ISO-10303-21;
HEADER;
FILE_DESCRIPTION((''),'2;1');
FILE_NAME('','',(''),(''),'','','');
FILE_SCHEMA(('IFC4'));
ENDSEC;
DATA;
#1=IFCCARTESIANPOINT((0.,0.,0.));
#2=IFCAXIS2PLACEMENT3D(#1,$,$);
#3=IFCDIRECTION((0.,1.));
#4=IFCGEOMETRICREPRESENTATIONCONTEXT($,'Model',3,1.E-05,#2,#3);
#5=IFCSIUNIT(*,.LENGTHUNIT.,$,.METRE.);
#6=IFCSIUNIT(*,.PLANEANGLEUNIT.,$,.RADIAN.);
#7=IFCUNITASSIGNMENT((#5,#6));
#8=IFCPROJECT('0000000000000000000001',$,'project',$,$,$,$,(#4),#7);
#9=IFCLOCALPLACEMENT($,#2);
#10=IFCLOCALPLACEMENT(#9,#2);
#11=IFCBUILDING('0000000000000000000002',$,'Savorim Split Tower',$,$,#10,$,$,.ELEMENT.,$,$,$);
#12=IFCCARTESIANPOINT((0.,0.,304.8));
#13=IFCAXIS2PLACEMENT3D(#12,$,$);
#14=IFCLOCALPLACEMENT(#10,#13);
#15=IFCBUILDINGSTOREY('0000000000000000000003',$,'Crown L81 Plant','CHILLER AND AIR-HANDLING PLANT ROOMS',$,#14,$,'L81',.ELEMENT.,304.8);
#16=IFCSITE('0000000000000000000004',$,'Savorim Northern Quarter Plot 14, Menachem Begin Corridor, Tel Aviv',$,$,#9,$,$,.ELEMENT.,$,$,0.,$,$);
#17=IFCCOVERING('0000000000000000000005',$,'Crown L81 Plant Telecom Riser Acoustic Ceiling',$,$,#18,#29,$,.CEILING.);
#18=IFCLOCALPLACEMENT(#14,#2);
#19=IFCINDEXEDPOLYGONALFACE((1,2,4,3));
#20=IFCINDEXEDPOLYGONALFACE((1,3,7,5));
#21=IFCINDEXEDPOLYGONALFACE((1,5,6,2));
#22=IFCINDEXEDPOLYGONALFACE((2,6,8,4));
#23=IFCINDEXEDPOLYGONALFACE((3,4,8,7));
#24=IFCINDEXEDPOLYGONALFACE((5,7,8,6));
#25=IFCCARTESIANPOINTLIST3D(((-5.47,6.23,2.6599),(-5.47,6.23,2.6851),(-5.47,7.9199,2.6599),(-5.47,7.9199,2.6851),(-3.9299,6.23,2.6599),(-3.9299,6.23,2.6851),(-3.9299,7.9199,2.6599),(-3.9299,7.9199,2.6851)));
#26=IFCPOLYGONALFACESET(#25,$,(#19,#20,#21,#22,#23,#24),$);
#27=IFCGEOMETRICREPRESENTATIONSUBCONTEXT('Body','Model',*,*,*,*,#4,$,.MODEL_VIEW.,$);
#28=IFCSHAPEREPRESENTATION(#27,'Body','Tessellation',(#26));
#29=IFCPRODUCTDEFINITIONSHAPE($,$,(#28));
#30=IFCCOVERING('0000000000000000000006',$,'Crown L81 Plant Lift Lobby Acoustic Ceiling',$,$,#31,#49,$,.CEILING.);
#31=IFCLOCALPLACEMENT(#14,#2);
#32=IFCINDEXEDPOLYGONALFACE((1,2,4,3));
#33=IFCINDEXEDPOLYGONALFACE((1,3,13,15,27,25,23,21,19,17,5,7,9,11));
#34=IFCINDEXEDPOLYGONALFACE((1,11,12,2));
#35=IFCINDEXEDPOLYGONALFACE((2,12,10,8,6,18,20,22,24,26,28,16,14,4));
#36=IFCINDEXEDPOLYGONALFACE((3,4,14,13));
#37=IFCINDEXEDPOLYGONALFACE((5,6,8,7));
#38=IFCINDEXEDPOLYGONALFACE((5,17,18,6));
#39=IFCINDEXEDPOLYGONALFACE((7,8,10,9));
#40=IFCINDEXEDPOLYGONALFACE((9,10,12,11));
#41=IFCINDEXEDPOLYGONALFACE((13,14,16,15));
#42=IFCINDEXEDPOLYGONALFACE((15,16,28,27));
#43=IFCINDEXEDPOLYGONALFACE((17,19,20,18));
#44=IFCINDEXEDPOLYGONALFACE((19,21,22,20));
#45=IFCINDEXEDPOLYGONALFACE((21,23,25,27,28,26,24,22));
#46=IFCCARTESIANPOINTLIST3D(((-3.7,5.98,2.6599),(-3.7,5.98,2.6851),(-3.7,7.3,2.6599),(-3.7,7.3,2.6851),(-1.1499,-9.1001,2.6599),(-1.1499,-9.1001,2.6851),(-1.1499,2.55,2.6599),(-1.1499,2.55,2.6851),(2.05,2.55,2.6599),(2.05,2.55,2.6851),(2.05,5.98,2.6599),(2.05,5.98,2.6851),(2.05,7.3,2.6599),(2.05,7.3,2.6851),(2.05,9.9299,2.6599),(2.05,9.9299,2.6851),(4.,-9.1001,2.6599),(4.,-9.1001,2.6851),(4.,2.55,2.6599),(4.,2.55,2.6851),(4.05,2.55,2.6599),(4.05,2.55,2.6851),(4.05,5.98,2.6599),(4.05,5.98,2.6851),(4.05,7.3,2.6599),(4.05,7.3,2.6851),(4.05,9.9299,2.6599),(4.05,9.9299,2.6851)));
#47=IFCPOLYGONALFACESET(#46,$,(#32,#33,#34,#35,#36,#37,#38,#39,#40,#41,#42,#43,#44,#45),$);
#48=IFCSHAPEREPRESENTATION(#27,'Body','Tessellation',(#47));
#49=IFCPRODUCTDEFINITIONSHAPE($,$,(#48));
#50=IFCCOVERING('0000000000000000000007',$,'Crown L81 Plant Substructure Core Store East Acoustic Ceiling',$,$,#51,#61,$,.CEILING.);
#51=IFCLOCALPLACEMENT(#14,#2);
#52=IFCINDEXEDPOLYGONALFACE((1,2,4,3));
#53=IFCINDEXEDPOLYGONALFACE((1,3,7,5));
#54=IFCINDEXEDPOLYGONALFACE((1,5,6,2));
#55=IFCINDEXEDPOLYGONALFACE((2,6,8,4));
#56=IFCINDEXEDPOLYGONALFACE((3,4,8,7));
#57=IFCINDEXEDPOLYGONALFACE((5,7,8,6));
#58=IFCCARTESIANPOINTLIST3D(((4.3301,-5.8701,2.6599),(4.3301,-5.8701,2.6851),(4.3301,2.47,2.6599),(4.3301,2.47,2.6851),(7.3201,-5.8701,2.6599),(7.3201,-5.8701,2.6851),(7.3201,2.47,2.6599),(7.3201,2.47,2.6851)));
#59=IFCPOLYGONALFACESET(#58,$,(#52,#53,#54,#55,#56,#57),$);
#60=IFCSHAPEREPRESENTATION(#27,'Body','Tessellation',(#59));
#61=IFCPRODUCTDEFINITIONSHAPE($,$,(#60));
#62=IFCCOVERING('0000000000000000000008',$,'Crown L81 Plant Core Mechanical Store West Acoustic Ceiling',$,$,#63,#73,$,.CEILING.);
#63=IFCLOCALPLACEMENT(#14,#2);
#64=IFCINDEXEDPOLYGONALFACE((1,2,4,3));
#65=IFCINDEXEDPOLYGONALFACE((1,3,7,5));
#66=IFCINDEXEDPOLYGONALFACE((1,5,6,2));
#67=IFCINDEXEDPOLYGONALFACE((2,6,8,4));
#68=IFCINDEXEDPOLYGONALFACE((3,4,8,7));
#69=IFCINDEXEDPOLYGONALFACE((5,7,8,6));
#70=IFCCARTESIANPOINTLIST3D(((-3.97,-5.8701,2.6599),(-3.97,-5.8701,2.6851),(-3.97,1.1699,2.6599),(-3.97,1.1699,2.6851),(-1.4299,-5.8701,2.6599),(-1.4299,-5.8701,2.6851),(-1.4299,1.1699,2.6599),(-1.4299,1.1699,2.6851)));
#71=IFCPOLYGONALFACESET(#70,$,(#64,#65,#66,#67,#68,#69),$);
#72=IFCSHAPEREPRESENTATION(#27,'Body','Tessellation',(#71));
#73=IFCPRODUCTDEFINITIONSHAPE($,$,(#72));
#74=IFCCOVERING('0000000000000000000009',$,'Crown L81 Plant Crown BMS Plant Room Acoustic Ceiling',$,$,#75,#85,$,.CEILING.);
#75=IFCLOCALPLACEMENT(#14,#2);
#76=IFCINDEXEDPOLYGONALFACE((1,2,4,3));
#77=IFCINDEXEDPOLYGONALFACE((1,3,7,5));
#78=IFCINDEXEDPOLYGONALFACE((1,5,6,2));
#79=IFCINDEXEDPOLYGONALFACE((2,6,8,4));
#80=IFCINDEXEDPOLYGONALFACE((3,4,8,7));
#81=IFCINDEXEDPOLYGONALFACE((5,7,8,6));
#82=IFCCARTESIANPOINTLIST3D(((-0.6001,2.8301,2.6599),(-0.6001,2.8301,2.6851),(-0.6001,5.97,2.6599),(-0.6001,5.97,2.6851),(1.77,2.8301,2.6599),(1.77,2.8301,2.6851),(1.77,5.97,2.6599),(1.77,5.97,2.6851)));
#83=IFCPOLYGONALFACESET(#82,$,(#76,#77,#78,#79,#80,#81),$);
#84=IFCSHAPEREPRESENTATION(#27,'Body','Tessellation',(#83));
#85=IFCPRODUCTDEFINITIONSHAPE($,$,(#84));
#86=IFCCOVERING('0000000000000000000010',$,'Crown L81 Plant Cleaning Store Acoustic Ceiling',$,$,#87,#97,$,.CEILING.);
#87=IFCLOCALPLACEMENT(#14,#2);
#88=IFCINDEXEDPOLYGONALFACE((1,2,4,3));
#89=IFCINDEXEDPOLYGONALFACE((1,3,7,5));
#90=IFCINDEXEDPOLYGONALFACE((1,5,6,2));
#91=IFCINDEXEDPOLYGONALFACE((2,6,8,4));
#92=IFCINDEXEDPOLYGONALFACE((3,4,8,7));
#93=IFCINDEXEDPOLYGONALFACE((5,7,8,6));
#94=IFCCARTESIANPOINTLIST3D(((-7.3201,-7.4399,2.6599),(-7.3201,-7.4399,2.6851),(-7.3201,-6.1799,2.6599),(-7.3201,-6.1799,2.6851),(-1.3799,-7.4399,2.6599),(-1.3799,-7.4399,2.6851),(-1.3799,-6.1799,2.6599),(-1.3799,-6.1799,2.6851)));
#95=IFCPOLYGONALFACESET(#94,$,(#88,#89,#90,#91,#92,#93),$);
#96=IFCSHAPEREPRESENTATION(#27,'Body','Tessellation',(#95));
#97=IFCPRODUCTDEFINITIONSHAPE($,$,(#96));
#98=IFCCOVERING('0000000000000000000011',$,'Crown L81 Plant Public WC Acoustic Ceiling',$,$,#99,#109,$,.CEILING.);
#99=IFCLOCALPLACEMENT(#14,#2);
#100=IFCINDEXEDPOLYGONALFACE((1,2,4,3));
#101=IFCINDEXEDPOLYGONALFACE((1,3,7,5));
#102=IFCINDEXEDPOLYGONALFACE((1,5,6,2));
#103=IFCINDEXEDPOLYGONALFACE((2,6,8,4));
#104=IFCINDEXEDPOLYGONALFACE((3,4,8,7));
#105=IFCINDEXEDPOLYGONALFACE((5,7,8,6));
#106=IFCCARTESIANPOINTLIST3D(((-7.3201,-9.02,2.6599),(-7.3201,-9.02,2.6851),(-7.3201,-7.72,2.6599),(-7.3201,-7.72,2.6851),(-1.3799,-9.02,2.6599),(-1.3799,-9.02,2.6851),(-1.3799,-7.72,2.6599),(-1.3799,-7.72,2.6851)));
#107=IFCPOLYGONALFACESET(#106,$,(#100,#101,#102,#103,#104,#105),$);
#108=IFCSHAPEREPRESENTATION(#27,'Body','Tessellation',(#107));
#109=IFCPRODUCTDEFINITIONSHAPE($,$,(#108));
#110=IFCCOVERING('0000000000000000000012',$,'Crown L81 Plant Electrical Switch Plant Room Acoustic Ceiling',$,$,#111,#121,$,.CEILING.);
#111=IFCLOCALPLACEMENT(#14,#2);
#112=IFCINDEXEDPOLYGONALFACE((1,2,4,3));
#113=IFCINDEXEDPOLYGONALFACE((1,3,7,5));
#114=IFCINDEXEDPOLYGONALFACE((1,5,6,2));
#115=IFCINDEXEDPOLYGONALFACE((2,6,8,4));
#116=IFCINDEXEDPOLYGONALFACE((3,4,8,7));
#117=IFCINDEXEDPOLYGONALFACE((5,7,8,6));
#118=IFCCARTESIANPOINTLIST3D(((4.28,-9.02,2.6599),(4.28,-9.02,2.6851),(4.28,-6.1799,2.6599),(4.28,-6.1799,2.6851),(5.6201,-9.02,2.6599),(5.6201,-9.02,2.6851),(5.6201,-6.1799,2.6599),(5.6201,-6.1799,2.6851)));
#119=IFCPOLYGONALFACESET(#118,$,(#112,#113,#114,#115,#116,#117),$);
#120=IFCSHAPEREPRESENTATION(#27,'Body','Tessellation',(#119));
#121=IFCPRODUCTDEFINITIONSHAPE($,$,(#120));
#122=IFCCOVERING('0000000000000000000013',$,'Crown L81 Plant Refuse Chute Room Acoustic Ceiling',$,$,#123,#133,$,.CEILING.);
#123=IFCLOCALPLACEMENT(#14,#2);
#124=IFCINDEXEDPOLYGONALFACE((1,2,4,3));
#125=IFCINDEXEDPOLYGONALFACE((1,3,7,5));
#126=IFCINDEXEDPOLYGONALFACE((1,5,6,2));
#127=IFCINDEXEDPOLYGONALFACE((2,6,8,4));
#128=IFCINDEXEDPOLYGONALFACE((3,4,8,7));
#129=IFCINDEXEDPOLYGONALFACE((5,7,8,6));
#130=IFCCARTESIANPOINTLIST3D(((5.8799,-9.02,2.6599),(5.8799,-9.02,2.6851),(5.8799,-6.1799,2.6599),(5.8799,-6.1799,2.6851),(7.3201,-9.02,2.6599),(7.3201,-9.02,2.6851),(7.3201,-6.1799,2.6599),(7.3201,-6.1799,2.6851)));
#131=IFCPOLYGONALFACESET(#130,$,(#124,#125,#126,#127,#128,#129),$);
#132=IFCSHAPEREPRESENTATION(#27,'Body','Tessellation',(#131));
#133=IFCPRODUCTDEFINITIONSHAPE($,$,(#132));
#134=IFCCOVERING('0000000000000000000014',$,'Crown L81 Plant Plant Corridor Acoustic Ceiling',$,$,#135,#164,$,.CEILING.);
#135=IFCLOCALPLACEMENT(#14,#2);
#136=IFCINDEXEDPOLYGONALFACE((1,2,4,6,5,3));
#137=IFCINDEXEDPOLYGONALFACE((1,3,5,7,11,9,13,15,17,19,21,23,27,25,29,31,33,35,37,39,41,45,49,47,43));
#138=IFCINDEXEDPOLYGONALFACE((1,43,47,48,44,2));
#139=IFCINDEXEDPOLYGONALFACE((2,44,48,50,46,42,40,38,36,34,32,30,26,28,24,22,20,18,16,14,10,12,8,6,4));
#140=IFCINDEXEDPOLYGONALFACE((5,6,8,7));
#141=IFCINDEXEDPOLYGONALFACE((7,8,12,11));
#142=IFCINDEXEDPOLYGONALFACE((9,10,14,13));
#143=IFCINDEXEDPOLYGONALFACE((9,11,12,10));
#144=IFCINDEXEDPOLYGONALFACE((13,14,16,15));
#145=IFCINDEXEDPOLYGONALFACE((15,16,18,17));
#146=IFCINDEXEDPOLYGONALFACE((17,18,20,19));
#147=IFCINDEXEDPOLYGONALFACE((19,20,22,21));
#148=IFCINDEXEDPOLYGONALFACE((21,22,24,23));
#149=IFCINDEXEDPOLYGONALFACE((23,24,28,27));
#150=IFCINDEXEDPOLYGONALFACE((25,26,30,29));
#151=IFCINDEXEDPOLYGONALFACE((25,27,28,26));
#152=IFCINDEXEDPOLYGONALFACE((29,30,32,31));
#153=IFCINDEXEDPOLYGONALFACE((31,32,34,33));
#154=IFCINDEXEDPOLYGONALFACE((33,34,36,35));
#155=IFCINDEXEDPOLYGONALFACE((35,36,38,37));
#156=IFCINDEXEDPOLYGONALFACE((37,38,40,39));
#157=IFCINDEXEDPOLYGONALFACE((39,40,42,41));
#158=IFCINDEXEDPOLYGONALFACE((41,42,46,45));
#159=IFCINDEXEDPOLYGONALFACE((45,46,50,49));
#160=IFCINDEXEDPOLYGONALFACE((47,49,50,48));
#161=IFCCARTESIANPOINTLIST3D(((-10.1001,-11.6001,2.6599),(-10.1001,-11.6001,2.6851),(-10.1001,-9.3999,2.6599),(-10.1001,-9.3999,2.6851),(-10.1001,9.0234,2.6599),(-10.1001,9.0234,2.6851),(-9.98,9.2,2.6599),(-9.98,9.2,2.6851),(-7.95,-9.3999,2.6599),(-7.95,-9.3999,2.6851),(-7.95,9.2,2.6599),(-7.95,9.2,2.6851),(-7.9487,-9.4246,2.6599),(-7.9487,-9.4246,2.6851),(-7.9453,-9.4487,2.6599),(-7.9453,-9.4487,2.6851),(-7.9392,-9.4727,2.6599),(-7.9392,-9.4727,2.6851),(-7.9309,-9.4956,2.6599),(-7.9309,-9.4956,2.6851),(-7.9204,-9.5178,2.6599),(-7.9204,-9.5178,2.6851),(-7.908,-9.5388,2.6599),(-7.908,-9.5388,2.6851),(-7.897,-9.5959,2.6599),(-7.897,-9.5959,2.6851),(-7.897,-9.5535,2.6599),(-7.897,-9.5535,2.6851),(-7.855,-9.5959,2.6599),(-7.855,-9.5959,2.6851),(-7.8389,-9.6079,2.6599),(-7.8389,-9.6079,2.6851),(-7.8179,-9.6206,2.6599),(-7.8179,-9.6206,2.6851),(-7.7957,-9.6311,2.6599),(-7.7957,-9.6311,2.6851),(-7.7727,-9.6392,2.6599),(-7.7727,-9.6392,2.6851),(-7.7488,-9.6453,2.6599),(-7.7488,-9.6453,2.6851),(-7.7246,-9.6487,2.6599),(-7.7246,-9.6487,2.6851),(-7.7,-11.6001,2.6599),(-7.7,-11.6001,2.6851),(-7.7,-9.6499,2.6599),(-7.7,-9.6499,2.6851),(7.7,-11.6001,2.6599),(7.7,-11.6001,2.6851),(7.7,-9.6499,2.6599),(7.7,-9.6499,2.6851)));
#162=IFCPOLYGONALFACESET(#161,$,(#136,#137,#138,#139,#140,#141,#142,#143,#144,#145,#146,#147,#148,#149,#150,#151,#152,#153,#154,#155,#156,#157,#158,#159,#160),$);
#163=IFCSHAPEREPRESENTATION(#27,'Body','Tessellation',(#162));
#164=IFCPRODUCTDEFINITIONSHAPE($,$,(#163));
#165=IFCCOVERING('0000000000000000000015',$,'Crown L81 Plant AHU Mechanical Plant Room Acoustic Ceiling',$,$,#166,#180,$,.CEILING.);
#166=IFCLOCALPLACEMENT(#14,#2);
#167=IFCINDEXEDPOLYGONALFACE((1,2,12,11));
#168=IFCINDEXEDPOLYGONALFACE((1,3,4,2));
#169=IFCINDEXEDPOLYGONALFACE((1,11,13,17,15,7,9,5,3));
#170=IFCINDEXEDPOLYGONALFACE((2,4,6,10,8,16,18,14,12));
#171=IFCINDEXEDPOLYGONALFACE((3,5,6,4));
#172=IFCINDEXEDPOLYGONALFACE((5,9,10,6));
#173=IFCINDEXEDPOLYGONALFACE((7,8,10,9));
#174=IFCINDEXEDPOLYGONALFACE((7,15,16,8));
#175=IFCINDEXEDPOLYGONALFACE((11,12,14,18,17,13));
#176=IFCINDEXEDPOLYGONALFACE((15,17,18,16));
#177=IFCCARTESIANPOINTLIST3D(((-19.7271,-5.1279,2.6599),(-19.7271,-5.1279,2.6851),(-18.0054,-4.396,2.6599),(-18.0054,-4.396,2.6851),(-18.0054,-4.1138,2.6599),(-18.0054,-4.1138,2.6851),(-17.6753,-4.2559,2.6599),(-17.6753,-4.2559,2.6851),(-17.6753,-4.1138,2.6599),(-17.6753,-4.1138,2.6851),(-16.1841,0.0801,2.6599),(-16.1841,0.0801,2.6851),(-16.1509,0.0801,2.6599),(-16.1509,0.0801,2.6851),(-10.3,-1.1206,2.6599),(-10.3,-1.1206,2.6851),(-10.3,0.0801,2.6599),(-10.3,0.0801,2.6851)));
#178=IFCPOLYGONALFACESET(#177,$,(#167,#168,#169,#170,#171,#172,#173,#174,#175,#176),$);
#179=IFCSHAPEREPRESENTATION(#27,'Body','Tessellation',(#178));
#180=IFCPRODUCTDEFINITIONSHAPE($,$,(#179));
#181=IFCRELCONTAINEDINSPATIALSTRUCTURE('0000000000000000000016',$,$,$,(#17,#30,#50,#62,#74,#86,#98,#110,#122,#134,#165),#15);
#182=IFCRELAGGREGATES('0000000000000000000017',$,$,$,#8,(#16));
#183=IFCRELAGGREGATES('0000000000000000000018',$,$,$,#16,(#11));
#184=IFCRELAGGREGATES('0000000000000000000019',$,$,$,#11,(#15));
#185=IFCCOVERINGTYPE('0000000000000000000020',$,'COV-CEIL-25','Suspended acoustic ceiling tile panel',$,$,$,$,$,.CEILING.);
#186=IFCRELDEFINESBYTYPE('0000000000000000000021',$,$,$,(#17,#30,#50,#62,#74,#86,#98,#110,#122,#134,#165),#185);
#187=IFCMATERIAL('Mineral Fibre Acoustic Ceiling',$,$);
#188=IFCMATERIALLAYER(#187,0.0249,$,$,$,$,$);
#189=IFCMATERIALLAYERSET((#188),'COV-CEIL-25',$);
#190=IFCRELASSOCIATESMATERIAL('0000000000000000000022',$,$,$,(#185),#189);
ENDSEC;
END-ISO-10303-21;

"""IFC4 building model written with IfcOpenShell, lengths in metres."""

from ifc_helpers import new_model, si_unit, direction, frame, origin, place, context, subcontext, project, spatial, polyline, outline, extrude, material, layer, layer_set, type_object, element, save


model = new_model("IFC4")

# Units and contexts
model_context = context("Model", 3, precision=1e-05, world=origin(), true_north=direction((0.0, 1.0)))
body_context = subcontext(model_context, "Body", "Model", "MODEL_VIEW")
ifc_project = project(units=[si_unit("LENGTHUNIT", "METRE"), si_unit("PLANEANGLEUNIT", "RADIAN")], contexts=[model_context])

# Site, building, storey
site_placement = place(None, origin())
site = spatial("IfcSite", under=ifc_project, at=site_placement, Name="Savorim Northern Quarter Plot 14, Menachem Begin Corridor, Tel Aviv", CompositionType="ELEMENT", RefElevation=0.0)
building_placement = place(site_placement, origin())
building = spatial("IfcBuilding", under=site, at=building_placement, Name="Savorim Split Tower", CompositionType="ELEMENT")
storey_placement = place(building_placement, frame((0.0, 0.0, 304.8)))
storey = spatial("IfcBuildingStorey", under=building, at=storey_placement, Name="Crown L81 Plant", Description="CHILLER AND AIR-HANDLING PLANT ROOMS", LongName="L81", CompositionType="ELEMENT", Elevation=304.8)

# Coverings
ifc_material_1 = material(Name="Mineral Fibre Acoustic Ceiling")
ifc_layer_1 = layer(ifc_material_1, 0.0249)
ifc_layer_set_1 = layer_set([ifc_layer_1], Name="COV-CEIL-25")
covering_type_1 = type_object("IfcCoveringType", Name="COV-CEIL-25", Description="Suspended acoustic ceiling tile panel", PredefinedType="CEILING", material=ifc_layer_set_1)
covering_1_placement = place(storey_placement, frame((0.0, 0.0, 2.6599)))
element("IfcCovering", 1, at=covering_1_placement, inside=storey, type_object=covering_type_1, Name="Crown L81 Plant Telecom Riser Acoustic Ceiling", PredefinedType="CEILING", context=body_context, shape_type="SweptSolid", body=[
    extrude(outline(polyline([(-5.47, 7.9199), (-5.47, 6.23), (-3.9299, 6.23), (-3.9299, 7.9199), (-5.47, 7.9199)])), origin(), (0.0, 0.0, 1.0), 0.0251),
])
covering_2_placement = place(storey_placement, frame((0.0, 0.0, 2.6599)))
element("IfcCovering", 2, at=covering_2_placement, inside=storey, type_object=covering_type_1, Name="Crown L81 Plant Lift Lobby Acoustic Ceiling", PredefinedType="CEILING", context=body_context, shape_type="SweptSolid", body=[
    extrude(outline(polyline([(2.05, 2.55), (-1.1499, 2.55), (-1.1499, -9.1001), (4.0, -9.1001), (4.0, 2.55), (4.05, 2.55), (4.05, 5.98), (4.05, 7.3), (4.05, 9.9299), (2.05, 9.9299), (2.05, 7.3), (-3.7, 7.3), (-3.7, 5.98), (2.05, 5.98), (2.05, 2.55)])), origin(), (0.0, 0.0, 1.0), 0.0251),
])
covering_3_placement = place(storey_placement, frame((0.0, 0.0, 2.6599)))
element("IfcCovering", 3, at=covering_3_placement, inside=storey, type_object=covering_type_1, Name="Crown L81 Plant Substructure Core Store East Acoustic Ceiling", PredefinedType="CEILING", context=body_context, shape_type="SweptSolid", body=[
    extrude(outline(polyline([(4.3301, 2.47), (4.3301, -5.8701), (7.3201, -5.8701), (7.3201, 2.47), (4.3301, 2.47)])), origin(), (0.0, 0.0, 1.0), 0.0251),
])
covering_4_placement = place(storey_placement, frame((0.0, 0.0, 2.6599)))
element("IfcCovering", 4, at=covering_4_placement, inside=storey, type_object=covering_type_1, Name="Crown L81 Plant Core Mechanical Store West Acoustic Ceiling", PredefinedType="CEILING", context=body_context, shape_type="SweptSolid", body=[
    extrude(outline(polyline([(-3.97, 1.1699), (-3.97, -5.8701), (-1.4299, -5.8701), (-1.4299, 1.1699), (-3.97, 1.1699)])), origin(), (0.0, 0.0, 1.0), 0.0251),
])
covering_5_placement = place(storey_placement, frame((0.0, 0.0, 2.6599)))
element("IfcCovering", 5, at=covering_5_placement, inside=storey, type_object=covering_type_1, Name="Crown L81 Plant Crown BMS Plant Room Acoustic Ceiling", PredefinedType="CEILING", context=body_context, shape_type="SweptSolid", body=[
    extrude(outline(polyline([(1.77, 5.97), (-0.6001, 5.97), (-0.6001, 2.8301), (1.77, 2.8301), (1.77, 5.97)])), origin(), (0.0, 0.0, 1.0), 0.0251),
])
covering_6_placement = place(storey_placement, frame((0.0, 0.0, 2.6599)))
element("IfcCovering", 6, at=covering_6_placement, inside=storey, type_object=covering_type_1, Name="Crown L81 Plant Cleaning Store Acoustic Ceiling", PredefinedType="CEILING", context=body_context, shape_type="SweptSolid", body=[
    extrude(outline(polyline([(-7.3201, -6.1799), (-7.3201, -7.4399), (-1.3799, -7.4399), (-1.3799, -6.1799), (-7.3201, -6.1799)])), origin(), (0.0, 0.0, 1.0), 0.0251),
])
covering_7_placement = place(storey_placement, frame((0.0, 0.0, 2.6599)))
element("IfcCovering", 7, at=covering_7_placement, inside=storey, type_object=covering_type_1, Name="Crown L81 Plant Public WC Acoustic Ceiling", PredefinedType="CEILING", context=body_context, shape_type="SweptSolid", body=[
    extrude(outline(polyline([(-7.3201, -7.72), (-7.3201, -9.02), (-1.3799, -9.02), (-1.3799, -7.72), (-7.3201, -7.72)])), origin(), (0.0, 0.0, 1.0), 0.0251),
])
covering_8_placement = place(storey_placement, frame((0.0, 0.0, 2.6599)))
element("IfcCovering", 8, at=covering_8_placement, inside=storey, type_object=covering_type_1, Name="Crown L81 Plant Electrical Switch Plant Room Acoustic Ceiling", PredefinedType="CEILING", context=body_context, shape_type="SweptSolid", body=[
    extrude(outline(polyline([(4.28, -6.1799), (4.28, -9.02), (5.6201, -9.02), (5.6201, -6.1799), (4.28, -6.1799)])), origin(), (0.0, 0.0, 1.0), 0.0251),
])
covering_9_placement = place(storey_placement, frame((0.0, 0.0, 2.6599)))
element("IfcCovering", 9, at=covering_9_placement, inside=storey, type_object=covering_type_1, Name="Crown L81 Plant Refuse Chute Room Acoustic Ceiling", PredefinedType="CEILING", context=body_context, shape_type="SweptSolid", body=[
    extrude(outline(polyline([(5.8799, -6.1799), (5.8799, -9.02), (7.3201, -9.02), (7.3201, -6.1799), (5.8799, -6.1799)])), origin(), (0.0, 0.0, 1.0), 0.0251),
])
covering_10_placement = place(storey_placement, frame((0.0, 0.0, 2.6599)))
element("IfcCovering", 10, at=covering_10_placement, inside=storey, type_object=covering_type_1, Name="Crown L81 Plant Plant Corridor Acoustic Ceiling", PredefinedType="CEILING", context=body_context, shape_type="SweptSolid", body=[
    extrude(outline(polyline([(-10.1001, -11.6001), (-7.7, -11.6001), (7.7, -11.6001), (7.7, -9.6499), (-7.7, -9.6499), (-7.7246, -9.6487), (-7.7488, -9.6453), (-7.7727, -9.6392), (-7.7957, -9.6311), (-7.8179, -9.6206), (-7.8389, -9.6079), (-7.855, -9.5959), (-7.897, -9.5959), (-7.897, -9.5535), (-7.908, -9.5388), (-7.9204, -9.5178), (-7.9309, -9.4956), (-7.9392, -9.4727), (-7.9453, -9.4487), (-7.9487, -9.4246), (-7.95, -9.3999), (-7.95, 9.2), (-9.98, 9.2), (-10.1001, 9.0234), (-10.1001, -9.3999), (-10.1001, -11.6001)])), origin(), (0.0, 0.0, 1.0), 0.0251),
])
covering_11_placement = place(storey_placement, frame((0.0, 0.0, 2.6599)))
element("IfcCovering", 11, at=covering_11_placement, inside=storey, type_object=covering_type_1, Name="Crown L81 Plant AHU Mechanical Plant Room Acoustic Ceiling", PredefinedType="CEILING", context=body_context, shape_type="SweptSolid", body=[
    extrude(outline(polyline([(-10.3, 0.0801), (-16.1509, 0.0801), (-16.1841, 0.0801), (-19.7271, -5.1279), (-18.0054, -4.396), (-18.0054, -4.1138), (-17.6753, -4.1138), (-17.6753, -4.2559), (-10.3, -1.1206), (-10.3, 0.0801)])), origin(), (0.0, 0.0, 1.0), 0.0251),
])

save(model, "model.ifc")
